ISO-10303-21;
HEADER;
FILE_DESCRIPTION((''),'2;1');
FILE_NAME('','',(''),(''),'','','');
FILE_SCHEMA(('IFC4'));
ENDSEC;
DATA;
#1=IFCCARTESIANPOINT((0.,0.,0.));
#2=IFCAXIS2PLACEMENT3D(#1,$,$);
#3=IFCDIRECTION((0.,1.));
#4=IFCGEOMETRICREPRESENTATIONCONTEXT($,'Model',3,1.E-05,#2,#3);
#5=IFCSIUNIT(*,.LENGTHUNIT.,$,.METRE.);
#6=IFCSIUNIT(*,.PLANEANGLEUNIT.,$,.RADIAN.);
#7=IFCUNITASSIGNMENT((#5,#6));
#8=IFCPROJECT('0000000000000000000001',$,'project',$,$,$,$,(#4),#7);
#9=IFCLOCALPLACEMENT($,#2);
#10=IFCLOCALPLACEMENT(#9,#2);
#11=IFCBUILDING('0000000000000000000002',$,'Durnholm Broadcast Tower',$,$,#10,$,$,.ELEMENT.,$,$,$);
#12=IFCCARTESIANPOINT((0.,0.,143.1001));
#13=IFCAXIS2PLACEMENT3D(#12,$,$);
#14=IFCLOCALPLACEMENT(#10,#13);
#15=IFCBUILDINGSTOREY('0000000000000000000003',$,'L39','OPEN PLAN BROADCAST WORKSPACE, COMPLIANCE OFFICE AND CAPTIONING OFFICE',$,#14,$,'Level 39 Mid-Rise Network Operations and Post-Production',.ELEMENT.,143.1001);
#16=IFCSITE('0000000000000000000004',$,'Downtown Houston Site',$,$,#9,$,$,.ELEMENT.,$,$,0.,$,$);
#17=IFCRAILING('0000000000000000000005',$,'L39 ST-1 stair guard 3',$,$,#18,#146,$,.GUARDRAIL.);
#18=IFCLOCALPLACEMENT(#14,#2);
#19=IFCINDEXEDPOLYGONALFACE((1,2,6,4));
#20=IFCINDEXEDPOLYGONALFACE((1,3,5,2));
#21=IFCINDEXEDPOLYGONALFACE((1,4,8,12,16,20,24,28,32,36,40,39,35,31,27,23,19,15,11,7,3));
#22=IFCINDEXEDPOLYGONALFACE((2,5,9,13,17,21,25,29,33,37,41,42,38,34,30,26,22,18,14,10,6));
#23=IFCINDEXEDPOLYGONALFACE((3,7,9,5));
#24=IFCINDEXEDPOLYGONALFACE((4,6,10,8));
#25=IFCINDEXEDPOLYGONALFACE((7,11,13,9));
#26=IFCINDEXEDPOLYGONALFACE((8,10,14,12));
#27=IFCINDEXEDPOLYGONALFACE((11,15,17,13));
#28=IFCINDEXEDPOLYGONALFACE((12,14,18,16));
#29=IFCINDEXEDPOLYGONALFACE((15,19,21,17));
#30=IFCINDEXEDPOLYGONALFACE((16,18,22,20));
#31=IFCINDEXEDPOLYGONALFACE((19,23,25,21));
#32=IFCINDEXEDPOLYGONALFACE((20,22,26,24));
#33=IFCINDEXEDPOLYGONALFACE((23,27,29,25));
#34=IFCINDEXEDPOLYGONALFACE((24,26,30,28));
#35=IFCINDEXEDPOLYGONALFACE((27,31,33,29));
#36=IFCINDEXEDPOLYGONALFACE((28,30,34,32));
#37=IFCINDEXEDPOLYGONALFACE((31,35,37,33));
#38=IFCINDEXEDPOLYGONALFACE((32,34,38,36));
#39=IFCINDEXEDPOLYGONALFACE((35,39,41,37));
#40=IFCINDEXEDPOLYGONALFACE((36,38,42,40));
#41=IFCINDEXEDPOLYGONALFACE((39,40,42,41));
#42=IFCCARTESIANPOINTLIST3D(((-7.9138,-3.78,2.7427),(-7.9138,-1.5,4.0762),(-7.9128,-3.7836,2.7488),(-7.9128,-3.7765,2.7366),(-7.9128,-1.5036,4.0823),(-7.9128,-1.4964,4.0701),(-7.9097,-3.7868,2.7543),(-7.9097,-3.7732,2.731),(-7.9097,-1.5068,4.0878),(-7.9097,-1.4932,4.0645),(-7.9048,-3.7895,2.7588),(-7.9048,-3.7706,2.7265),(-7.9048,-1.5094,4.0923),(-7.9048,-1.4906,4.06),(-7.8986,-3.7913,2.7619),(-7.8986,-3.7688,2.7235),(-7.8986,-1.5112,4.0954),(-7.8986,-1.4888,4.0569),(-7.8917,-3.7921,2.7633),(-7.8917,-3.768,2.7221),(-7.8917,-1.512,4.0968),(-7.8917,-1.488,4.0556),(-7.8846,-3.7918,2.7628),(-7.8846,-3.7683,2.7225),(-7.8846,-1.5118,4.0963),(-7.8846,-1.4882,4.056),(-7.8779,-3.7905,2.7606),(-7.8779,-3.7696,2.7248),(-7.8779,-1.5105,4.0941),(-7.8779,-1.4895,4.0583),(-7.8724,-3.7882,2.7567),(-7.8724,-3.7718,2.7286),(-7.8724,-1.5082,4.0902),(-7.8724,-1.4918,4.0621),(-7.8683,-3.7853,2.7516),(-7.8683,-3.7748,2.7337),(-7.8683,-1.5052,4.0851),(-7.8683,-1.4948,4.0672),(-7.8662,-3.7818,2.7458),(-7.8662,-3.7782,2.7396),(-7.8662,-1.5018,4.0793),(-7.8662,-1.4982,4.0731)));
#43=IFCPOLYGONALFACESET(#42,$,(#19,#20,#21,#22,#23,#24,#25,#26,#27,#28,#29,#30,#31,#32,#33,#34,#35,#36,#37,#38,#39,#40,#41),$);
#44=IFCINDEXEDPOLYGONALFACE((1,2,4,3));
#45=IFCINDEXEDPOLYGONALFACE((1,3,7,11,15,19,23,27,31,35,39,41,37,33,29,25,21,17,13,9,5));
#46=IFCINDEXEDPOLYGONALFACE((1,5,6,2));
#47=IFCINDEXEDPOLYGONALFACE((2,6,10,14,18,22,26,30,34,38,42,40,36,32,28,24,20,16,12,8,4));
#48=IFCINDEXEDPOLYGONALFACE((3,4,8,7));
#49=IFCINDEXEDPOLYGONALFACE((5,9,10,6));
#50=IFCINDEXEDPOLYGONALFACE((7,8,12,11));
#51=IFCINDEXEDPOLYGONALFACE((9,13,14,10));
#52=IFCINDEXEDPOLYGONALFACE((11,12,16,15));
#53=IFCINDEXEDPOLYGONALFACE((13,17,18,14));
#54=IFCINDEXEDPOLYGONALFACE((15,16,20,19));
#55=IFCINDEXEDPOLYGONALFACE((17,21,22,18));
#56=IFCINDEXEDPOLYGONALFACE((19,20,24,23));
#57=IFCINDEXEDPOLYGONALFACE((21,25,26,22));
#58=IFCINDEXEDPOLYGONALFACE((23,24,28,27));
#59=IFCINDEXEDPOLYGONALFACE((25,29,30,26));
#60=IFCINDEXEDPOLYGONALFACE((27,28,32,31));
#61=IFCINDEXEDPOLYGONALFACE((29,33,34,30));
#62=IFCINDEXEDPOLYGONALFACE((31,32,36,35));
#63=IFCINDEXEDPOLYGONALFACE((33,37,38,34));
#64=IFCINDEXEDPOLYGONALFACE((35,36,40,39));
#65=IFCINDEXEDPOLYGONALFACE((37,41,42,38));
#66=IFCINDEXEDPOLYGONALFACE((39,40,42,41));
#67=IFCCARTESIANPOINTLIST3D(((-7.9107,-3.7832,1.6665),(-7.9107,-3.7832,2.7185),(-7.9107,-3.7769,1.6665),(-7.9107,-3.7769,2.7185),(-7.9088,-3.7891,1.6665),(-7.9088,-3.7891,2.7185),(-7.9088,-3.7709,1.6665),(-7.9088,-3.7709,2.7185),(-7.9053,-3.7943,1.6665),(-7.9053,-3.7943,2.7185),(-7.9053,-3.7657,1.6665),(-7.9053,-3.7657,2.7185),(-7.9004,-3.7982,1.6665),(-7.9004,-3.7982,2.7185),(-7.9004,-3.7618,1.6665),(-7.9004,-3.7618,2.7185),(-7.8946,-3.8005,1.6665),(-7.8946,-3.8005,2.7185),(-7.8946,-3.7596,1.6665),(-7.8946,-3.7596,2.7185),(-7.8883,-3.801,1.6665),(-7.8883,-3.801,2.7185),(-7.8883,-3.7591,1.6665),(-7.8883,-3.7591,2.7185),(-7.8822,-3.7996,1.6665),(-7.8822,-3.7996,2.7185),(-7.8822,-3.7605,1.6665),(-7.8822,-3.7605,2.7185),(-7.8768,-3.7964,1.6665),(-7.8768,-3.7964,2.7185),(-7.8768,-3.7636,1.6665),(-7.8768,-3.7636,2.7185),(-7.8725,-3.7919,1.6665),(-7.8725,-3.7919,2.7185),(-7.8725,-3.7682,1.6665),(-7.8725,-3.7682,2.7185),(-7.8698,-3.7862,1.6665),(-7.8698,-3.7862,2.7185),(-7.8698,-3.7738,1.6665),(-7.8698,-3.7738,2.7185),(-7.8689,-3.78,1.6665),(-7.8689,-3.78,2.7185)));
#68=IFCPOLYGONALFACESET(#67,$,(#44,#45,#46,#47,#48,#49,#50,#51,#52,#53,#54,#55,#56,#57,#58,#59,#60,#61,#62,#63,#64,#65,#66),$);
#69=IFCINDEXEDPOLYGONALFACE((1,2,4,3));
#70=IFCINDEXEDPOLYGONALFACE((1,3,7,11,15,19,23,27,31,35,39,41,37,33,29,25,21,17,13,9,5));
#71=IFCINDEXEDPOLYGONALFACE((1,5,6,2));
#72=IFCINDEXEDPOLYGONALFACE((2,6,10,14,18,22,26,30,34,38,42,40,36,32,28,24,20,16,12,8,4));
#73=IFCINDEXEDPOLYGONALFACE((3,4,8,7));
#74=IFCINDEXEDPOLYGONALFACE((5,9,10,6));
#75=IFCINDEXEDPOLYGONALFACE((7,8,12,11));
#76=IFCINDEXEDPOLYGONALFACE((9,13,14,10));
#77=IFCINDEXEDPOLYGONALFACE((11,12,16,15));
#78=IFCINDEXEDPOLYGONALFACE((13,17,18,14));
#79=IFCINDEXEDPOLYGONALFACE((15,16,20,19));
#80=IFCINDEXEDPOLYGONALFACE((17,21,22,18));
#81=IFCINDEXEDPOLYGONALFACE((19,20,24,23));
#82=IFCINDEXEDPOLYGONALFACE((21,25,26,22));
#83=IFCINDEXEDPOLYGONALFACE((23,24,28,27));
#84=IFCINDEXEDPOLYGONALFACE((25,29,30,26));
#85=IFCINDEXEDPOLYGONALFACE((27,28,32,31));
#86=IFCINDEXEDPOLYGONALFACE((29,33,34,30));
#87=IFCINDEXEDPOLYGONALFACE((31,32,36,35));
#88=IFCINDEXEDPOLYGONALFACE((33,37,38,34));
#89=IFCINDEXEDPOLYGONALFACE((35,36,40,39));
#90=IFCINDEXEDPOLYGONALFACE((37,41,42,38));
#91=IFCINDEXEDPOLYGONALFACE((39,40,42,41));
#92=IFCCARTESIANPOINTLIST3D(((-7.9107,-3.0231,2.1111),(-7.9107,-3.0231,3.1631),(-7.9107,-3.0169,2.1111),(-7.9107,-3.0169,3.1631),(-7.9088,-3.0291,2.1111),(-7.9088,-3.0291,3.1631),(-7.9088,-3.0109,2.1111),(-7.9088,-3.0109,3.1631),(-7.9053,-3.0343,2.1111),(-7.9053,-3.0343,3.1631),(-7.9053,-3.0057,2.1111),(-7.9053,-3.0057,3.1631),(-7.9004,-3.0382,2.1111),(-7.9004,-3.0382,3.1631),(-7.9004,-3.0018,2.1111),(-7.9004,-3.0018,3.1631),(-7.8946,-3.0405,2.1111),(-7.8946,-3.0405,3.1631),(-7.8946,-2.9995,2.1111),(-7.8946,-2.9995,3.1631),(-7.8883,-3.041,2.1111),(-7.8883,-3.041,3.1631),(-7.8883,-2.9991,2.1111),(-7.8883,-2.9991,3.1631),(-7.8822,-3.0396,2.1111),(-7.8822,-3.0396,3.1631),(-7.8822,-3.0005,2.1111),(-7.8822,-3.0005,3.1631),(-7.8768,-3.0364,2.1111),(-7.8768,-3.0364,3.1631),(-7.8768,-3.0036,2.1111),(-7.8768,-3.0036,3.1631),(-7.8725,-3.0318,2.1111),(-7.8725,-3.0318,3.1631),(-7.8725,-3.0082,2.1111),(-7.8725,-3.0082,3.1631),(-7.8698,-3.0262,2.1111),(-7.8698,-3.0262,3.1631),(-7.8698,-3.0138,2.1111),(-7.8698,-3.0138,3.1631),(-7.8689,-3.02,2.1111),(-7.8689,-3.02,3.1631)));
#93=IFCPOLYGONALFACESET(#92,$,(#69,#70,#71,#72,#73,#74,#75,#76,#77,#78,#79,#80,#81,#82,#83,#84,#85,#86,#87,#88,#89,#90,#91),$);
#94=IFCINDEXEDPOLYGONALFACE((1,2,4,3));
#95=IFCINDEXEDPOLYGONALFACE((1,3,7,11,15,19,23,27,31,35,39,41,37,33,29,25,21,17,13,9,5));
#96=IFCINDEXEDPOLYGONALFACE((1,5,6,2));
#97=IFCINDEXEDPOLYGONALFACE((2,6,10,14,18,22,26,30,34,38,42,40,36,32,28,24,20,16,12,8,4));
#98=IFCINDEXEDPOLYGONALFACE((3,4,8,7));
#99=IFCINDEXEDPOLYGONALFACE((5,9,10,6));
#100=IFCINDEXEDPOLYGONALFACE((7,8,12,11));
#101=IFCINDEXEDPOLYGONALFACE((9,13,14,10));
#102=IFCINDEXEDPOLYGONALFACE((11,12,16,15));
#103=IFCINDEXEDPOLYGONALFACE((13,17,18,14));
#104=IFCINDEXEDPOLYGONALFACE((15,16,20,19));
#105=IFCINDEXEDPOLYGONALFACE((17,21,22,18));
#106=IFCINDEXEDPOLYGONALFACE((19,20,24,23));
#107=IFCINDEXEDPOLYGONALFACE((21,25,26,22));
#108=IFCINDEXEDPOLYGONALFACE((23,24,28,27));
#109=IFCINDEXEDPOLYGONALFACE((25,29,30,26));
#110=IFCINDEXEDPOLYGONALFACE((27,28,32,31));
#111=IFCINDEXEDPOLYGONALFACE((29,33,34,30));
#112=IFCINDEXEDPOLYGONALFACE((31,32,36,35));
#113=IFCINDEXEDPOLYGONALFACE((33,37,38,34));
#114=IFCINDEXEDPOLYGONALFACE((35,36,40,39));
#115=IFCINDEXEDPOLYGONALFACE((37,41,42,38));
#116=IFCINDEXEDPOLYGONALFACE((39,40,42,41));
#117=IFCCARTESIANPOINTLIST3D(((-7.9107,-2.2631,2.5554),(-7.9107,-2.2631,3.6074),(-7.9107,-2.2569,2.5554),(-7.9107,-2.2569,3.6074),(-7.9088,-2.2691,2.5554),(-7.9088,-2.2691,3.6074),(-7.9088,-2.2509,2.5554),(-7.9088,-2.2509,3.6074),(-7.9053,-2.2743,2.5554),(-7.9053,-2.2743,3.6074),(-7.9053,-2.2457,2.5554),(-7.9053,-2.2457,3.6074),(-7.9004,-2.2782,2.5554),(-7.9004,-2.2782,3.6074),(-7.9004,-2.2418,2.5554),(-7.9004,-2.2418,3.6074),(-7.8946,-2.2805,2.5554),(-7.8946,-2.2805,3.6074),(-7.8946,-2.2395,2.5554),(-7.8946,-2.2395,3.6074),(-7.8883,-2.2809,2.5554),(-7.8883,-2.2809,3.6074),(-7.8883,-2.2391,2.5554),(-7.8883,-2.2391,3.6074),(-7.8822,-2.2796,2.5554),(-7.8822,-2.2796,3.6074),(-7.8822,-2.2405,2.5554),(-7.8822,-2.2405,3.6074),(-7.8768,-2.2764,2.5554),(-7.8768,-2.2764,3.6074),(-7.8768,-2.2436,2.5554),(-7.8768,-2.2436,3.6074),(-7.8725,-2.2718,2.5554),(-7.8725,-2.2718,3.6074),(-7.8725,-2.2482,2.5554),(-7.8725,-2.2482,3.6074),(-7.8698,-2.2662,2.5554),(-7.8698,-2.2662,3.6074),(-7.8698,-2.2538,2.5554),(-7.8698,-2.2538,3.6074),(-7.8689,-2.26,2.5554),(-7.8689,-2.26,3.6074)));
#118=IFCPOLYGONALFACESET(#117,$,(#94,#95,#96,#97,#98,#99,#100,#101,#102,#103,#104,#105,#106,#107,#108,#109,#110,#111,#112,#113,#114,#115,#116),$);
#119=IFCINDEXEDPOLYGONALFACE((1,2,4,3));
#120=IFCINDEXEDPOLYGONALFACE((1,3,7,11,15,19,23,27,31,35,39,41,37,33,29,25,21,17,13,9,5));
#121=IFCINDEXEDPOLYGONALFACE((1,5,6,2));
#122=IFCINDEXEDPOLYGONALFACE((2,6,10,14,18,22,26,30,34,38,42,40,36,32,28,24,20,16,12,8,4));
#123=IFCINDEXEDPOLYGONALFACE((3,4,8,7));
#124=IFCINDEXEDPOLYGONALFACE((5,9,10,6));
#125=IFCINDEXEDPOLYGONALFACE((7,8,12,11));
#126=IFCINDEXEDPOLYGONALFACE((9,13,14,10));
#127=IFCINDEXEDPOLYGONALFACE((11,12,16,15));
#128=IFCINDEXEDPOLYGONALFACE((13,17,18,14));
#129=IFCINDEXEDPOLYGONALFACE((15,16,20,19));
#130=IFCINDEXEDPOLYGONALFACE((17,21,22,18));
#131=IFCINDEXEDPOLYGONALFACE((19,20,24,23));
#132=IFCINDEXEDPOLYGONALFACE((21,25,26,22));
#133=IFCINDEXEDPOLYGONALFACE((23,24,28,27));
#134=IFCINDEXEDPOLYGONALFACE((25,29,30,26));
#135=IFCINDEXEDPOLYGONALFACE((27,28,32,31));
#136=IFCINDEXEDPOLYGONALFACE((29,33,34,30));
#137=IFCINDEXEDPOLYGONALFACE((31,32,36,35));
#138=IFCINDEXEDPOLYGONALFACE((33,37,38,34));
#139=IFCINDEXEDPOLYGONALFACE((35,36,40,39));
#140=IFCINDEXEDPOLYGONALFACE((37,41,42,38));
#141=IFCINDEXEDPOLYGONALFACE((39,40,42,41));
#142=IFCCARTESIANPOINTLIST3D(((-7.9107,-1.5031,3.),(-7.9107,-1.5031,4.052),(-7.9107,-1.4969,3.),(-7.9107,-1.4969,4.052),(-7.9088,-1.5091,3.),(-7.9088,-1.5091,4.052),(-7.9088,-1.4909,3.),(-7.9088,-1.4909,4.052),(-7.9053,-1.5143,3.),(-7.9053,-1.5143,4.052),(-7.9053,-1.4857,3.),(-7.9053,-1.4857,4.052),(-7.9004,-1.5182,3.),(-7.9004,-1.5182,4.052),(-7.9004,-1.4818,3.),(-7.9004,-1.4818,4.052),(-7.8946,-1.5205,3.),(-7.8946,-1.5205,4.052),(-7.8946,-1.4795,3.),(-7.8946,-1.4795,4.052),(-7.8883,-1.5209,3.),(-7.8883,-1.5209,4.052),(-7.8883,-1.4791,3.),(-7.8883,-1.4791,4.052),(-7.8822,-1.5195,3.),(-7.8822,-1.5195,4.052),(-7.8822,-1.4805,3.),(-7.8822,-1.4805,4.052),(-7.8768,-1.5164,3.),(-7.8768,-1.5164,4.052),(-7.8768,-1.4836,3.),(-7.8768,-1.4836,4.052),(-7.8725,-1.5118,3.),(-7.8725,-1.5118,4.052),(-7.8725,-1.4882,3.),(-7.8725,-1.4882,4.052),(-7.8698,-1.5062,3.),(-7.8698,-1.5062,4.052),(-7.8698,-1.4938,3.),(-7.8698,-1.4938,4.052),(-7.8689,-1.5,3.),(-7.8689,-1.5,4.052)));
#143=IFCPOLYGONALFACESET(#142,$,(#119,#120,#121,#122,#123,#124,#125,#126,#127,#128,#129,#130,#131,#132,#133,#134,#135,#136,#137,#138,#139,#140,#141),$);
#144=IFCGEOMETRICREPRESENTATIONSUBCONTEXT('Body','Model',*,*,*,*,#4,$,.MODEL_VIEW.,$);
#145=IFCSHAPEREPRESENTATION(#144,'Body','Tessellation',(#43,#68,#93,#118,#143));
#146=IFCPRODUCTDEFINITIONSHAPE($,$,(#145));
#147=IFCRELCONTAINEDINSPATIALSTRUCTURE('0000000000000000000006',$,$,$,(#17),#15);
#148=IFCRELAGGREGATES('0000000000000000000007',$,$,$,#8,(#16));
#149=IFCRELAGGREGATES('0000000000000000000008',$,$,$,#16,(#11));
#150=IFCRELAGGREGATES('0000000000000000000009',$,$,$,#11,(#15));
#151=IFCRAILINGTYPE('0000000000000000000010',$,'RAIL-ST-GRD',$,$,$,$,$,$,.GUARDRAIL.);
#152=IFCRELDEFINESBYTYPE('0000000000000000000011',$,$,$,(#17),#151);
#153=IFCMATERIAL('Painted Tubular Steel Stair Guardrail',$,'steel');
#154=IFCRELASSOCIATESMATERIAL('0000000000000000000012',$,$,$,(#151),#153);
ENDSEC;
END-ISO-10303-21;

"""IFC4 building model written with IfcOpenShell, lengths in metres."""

from ifc_helpers import new_model, si_unit, direction, frame, origin, origin_2d, place, context, subcontext, project, spatial, circle, extrude, material, type_object, element, save


model = new_model("IFC4")

# Units and contexts
model_context = context("Model", 3, precision=1e-05, world=origin(), true_north=direction((0.0, 1.0)))
body_context = subcontext(model_context, "Body", "Model", "MODEL_VIEW")
ifc_project = project(units=[si_unit("LENGTHUNIT", "METRE"), si_unit("PLANEANGLEUNIT", "RADIAN")], contexts=[model_context])

# Site, building, storey
site_placement = place(None, origin())
site = spatial("IfcSite", under=ifc_project, at=site_placement, Name="Downtown Houston Site", CompositionType="ELEMENT", RefElevation=0.0)
building_placement = place(site_placement, origin())
building = spatial("IfcBuilding", under=site, at=building_placement, Name="Durnholm Broadcast Tower", CompositionType="ELEMENT")
storey_placement = place(building_placement, frame((0.0, 0.0, 143.1001)))
storey = spatial("IfcBuildingStorey", under=building, at=storey_placement, Name="L39", Description="OPEN PLAN BROADCAST WORKSPACE, COMPLIANCE OFFICE AND CAPTIONING OFFICE", LongName="Level 39 Mid-Rise Network Operations and Post-Production", CompositionType="ELEMENT", Elevation=143.1001)

# Railing
ifc_material_1 = material(Name="Painted Tubular Steel Stair Guardrail", Category="steel")
railing_type_1 = type_object("IfcRailingType", Name="RAIL-ST-GRD", PredefinedType="GUARDRAIL", material=ifc_material_1)
railing_1_placement = place(storey_placement, frame((-7.8899, -3.78, 1.6665)))
element("IfcRailing", 1, at=railing_1_placement, inside=storey, type_object=railing_type_1, Name="L39 ST-1 stair guard 3", PredefinedType="GUARDRAIL", context=body_context, shape_type="SweptSolid", body=[
    extrude(circle(Radius=0.0239, at=origin_2d()), frame((0.0, 0.0, 1.0762), z_axis=(0.0, 0.863205, 0.504853), x_axis=(-1.0, 0.0, 0.0)), (0.0, 0.0, 1.0), 2.6414),
    extrude(circle(Radius=0.021, at=origin_2d()), origin(), (0.0, 0.0, 1.0), 1.052),
    extrude(circle(Radius=0.021, at=origin_2d()), frame((0.0, 0.76, 0.4446)), (0.0, 0.0, 1.0), 1.052),
    extrude(circle(Radius=0.021, at=origin_2d()), frame((0.0, 1.52, 0.8889)), (0.0, 0.0, 1.0), 1.052),
    extrude(circle(Radius=0.021, at=origin_2d()), frame((0.0, 2.28, 1.3335)), (0.0, 0.0, 1.0), 1.052),
])

save(model, "model.ifc")
